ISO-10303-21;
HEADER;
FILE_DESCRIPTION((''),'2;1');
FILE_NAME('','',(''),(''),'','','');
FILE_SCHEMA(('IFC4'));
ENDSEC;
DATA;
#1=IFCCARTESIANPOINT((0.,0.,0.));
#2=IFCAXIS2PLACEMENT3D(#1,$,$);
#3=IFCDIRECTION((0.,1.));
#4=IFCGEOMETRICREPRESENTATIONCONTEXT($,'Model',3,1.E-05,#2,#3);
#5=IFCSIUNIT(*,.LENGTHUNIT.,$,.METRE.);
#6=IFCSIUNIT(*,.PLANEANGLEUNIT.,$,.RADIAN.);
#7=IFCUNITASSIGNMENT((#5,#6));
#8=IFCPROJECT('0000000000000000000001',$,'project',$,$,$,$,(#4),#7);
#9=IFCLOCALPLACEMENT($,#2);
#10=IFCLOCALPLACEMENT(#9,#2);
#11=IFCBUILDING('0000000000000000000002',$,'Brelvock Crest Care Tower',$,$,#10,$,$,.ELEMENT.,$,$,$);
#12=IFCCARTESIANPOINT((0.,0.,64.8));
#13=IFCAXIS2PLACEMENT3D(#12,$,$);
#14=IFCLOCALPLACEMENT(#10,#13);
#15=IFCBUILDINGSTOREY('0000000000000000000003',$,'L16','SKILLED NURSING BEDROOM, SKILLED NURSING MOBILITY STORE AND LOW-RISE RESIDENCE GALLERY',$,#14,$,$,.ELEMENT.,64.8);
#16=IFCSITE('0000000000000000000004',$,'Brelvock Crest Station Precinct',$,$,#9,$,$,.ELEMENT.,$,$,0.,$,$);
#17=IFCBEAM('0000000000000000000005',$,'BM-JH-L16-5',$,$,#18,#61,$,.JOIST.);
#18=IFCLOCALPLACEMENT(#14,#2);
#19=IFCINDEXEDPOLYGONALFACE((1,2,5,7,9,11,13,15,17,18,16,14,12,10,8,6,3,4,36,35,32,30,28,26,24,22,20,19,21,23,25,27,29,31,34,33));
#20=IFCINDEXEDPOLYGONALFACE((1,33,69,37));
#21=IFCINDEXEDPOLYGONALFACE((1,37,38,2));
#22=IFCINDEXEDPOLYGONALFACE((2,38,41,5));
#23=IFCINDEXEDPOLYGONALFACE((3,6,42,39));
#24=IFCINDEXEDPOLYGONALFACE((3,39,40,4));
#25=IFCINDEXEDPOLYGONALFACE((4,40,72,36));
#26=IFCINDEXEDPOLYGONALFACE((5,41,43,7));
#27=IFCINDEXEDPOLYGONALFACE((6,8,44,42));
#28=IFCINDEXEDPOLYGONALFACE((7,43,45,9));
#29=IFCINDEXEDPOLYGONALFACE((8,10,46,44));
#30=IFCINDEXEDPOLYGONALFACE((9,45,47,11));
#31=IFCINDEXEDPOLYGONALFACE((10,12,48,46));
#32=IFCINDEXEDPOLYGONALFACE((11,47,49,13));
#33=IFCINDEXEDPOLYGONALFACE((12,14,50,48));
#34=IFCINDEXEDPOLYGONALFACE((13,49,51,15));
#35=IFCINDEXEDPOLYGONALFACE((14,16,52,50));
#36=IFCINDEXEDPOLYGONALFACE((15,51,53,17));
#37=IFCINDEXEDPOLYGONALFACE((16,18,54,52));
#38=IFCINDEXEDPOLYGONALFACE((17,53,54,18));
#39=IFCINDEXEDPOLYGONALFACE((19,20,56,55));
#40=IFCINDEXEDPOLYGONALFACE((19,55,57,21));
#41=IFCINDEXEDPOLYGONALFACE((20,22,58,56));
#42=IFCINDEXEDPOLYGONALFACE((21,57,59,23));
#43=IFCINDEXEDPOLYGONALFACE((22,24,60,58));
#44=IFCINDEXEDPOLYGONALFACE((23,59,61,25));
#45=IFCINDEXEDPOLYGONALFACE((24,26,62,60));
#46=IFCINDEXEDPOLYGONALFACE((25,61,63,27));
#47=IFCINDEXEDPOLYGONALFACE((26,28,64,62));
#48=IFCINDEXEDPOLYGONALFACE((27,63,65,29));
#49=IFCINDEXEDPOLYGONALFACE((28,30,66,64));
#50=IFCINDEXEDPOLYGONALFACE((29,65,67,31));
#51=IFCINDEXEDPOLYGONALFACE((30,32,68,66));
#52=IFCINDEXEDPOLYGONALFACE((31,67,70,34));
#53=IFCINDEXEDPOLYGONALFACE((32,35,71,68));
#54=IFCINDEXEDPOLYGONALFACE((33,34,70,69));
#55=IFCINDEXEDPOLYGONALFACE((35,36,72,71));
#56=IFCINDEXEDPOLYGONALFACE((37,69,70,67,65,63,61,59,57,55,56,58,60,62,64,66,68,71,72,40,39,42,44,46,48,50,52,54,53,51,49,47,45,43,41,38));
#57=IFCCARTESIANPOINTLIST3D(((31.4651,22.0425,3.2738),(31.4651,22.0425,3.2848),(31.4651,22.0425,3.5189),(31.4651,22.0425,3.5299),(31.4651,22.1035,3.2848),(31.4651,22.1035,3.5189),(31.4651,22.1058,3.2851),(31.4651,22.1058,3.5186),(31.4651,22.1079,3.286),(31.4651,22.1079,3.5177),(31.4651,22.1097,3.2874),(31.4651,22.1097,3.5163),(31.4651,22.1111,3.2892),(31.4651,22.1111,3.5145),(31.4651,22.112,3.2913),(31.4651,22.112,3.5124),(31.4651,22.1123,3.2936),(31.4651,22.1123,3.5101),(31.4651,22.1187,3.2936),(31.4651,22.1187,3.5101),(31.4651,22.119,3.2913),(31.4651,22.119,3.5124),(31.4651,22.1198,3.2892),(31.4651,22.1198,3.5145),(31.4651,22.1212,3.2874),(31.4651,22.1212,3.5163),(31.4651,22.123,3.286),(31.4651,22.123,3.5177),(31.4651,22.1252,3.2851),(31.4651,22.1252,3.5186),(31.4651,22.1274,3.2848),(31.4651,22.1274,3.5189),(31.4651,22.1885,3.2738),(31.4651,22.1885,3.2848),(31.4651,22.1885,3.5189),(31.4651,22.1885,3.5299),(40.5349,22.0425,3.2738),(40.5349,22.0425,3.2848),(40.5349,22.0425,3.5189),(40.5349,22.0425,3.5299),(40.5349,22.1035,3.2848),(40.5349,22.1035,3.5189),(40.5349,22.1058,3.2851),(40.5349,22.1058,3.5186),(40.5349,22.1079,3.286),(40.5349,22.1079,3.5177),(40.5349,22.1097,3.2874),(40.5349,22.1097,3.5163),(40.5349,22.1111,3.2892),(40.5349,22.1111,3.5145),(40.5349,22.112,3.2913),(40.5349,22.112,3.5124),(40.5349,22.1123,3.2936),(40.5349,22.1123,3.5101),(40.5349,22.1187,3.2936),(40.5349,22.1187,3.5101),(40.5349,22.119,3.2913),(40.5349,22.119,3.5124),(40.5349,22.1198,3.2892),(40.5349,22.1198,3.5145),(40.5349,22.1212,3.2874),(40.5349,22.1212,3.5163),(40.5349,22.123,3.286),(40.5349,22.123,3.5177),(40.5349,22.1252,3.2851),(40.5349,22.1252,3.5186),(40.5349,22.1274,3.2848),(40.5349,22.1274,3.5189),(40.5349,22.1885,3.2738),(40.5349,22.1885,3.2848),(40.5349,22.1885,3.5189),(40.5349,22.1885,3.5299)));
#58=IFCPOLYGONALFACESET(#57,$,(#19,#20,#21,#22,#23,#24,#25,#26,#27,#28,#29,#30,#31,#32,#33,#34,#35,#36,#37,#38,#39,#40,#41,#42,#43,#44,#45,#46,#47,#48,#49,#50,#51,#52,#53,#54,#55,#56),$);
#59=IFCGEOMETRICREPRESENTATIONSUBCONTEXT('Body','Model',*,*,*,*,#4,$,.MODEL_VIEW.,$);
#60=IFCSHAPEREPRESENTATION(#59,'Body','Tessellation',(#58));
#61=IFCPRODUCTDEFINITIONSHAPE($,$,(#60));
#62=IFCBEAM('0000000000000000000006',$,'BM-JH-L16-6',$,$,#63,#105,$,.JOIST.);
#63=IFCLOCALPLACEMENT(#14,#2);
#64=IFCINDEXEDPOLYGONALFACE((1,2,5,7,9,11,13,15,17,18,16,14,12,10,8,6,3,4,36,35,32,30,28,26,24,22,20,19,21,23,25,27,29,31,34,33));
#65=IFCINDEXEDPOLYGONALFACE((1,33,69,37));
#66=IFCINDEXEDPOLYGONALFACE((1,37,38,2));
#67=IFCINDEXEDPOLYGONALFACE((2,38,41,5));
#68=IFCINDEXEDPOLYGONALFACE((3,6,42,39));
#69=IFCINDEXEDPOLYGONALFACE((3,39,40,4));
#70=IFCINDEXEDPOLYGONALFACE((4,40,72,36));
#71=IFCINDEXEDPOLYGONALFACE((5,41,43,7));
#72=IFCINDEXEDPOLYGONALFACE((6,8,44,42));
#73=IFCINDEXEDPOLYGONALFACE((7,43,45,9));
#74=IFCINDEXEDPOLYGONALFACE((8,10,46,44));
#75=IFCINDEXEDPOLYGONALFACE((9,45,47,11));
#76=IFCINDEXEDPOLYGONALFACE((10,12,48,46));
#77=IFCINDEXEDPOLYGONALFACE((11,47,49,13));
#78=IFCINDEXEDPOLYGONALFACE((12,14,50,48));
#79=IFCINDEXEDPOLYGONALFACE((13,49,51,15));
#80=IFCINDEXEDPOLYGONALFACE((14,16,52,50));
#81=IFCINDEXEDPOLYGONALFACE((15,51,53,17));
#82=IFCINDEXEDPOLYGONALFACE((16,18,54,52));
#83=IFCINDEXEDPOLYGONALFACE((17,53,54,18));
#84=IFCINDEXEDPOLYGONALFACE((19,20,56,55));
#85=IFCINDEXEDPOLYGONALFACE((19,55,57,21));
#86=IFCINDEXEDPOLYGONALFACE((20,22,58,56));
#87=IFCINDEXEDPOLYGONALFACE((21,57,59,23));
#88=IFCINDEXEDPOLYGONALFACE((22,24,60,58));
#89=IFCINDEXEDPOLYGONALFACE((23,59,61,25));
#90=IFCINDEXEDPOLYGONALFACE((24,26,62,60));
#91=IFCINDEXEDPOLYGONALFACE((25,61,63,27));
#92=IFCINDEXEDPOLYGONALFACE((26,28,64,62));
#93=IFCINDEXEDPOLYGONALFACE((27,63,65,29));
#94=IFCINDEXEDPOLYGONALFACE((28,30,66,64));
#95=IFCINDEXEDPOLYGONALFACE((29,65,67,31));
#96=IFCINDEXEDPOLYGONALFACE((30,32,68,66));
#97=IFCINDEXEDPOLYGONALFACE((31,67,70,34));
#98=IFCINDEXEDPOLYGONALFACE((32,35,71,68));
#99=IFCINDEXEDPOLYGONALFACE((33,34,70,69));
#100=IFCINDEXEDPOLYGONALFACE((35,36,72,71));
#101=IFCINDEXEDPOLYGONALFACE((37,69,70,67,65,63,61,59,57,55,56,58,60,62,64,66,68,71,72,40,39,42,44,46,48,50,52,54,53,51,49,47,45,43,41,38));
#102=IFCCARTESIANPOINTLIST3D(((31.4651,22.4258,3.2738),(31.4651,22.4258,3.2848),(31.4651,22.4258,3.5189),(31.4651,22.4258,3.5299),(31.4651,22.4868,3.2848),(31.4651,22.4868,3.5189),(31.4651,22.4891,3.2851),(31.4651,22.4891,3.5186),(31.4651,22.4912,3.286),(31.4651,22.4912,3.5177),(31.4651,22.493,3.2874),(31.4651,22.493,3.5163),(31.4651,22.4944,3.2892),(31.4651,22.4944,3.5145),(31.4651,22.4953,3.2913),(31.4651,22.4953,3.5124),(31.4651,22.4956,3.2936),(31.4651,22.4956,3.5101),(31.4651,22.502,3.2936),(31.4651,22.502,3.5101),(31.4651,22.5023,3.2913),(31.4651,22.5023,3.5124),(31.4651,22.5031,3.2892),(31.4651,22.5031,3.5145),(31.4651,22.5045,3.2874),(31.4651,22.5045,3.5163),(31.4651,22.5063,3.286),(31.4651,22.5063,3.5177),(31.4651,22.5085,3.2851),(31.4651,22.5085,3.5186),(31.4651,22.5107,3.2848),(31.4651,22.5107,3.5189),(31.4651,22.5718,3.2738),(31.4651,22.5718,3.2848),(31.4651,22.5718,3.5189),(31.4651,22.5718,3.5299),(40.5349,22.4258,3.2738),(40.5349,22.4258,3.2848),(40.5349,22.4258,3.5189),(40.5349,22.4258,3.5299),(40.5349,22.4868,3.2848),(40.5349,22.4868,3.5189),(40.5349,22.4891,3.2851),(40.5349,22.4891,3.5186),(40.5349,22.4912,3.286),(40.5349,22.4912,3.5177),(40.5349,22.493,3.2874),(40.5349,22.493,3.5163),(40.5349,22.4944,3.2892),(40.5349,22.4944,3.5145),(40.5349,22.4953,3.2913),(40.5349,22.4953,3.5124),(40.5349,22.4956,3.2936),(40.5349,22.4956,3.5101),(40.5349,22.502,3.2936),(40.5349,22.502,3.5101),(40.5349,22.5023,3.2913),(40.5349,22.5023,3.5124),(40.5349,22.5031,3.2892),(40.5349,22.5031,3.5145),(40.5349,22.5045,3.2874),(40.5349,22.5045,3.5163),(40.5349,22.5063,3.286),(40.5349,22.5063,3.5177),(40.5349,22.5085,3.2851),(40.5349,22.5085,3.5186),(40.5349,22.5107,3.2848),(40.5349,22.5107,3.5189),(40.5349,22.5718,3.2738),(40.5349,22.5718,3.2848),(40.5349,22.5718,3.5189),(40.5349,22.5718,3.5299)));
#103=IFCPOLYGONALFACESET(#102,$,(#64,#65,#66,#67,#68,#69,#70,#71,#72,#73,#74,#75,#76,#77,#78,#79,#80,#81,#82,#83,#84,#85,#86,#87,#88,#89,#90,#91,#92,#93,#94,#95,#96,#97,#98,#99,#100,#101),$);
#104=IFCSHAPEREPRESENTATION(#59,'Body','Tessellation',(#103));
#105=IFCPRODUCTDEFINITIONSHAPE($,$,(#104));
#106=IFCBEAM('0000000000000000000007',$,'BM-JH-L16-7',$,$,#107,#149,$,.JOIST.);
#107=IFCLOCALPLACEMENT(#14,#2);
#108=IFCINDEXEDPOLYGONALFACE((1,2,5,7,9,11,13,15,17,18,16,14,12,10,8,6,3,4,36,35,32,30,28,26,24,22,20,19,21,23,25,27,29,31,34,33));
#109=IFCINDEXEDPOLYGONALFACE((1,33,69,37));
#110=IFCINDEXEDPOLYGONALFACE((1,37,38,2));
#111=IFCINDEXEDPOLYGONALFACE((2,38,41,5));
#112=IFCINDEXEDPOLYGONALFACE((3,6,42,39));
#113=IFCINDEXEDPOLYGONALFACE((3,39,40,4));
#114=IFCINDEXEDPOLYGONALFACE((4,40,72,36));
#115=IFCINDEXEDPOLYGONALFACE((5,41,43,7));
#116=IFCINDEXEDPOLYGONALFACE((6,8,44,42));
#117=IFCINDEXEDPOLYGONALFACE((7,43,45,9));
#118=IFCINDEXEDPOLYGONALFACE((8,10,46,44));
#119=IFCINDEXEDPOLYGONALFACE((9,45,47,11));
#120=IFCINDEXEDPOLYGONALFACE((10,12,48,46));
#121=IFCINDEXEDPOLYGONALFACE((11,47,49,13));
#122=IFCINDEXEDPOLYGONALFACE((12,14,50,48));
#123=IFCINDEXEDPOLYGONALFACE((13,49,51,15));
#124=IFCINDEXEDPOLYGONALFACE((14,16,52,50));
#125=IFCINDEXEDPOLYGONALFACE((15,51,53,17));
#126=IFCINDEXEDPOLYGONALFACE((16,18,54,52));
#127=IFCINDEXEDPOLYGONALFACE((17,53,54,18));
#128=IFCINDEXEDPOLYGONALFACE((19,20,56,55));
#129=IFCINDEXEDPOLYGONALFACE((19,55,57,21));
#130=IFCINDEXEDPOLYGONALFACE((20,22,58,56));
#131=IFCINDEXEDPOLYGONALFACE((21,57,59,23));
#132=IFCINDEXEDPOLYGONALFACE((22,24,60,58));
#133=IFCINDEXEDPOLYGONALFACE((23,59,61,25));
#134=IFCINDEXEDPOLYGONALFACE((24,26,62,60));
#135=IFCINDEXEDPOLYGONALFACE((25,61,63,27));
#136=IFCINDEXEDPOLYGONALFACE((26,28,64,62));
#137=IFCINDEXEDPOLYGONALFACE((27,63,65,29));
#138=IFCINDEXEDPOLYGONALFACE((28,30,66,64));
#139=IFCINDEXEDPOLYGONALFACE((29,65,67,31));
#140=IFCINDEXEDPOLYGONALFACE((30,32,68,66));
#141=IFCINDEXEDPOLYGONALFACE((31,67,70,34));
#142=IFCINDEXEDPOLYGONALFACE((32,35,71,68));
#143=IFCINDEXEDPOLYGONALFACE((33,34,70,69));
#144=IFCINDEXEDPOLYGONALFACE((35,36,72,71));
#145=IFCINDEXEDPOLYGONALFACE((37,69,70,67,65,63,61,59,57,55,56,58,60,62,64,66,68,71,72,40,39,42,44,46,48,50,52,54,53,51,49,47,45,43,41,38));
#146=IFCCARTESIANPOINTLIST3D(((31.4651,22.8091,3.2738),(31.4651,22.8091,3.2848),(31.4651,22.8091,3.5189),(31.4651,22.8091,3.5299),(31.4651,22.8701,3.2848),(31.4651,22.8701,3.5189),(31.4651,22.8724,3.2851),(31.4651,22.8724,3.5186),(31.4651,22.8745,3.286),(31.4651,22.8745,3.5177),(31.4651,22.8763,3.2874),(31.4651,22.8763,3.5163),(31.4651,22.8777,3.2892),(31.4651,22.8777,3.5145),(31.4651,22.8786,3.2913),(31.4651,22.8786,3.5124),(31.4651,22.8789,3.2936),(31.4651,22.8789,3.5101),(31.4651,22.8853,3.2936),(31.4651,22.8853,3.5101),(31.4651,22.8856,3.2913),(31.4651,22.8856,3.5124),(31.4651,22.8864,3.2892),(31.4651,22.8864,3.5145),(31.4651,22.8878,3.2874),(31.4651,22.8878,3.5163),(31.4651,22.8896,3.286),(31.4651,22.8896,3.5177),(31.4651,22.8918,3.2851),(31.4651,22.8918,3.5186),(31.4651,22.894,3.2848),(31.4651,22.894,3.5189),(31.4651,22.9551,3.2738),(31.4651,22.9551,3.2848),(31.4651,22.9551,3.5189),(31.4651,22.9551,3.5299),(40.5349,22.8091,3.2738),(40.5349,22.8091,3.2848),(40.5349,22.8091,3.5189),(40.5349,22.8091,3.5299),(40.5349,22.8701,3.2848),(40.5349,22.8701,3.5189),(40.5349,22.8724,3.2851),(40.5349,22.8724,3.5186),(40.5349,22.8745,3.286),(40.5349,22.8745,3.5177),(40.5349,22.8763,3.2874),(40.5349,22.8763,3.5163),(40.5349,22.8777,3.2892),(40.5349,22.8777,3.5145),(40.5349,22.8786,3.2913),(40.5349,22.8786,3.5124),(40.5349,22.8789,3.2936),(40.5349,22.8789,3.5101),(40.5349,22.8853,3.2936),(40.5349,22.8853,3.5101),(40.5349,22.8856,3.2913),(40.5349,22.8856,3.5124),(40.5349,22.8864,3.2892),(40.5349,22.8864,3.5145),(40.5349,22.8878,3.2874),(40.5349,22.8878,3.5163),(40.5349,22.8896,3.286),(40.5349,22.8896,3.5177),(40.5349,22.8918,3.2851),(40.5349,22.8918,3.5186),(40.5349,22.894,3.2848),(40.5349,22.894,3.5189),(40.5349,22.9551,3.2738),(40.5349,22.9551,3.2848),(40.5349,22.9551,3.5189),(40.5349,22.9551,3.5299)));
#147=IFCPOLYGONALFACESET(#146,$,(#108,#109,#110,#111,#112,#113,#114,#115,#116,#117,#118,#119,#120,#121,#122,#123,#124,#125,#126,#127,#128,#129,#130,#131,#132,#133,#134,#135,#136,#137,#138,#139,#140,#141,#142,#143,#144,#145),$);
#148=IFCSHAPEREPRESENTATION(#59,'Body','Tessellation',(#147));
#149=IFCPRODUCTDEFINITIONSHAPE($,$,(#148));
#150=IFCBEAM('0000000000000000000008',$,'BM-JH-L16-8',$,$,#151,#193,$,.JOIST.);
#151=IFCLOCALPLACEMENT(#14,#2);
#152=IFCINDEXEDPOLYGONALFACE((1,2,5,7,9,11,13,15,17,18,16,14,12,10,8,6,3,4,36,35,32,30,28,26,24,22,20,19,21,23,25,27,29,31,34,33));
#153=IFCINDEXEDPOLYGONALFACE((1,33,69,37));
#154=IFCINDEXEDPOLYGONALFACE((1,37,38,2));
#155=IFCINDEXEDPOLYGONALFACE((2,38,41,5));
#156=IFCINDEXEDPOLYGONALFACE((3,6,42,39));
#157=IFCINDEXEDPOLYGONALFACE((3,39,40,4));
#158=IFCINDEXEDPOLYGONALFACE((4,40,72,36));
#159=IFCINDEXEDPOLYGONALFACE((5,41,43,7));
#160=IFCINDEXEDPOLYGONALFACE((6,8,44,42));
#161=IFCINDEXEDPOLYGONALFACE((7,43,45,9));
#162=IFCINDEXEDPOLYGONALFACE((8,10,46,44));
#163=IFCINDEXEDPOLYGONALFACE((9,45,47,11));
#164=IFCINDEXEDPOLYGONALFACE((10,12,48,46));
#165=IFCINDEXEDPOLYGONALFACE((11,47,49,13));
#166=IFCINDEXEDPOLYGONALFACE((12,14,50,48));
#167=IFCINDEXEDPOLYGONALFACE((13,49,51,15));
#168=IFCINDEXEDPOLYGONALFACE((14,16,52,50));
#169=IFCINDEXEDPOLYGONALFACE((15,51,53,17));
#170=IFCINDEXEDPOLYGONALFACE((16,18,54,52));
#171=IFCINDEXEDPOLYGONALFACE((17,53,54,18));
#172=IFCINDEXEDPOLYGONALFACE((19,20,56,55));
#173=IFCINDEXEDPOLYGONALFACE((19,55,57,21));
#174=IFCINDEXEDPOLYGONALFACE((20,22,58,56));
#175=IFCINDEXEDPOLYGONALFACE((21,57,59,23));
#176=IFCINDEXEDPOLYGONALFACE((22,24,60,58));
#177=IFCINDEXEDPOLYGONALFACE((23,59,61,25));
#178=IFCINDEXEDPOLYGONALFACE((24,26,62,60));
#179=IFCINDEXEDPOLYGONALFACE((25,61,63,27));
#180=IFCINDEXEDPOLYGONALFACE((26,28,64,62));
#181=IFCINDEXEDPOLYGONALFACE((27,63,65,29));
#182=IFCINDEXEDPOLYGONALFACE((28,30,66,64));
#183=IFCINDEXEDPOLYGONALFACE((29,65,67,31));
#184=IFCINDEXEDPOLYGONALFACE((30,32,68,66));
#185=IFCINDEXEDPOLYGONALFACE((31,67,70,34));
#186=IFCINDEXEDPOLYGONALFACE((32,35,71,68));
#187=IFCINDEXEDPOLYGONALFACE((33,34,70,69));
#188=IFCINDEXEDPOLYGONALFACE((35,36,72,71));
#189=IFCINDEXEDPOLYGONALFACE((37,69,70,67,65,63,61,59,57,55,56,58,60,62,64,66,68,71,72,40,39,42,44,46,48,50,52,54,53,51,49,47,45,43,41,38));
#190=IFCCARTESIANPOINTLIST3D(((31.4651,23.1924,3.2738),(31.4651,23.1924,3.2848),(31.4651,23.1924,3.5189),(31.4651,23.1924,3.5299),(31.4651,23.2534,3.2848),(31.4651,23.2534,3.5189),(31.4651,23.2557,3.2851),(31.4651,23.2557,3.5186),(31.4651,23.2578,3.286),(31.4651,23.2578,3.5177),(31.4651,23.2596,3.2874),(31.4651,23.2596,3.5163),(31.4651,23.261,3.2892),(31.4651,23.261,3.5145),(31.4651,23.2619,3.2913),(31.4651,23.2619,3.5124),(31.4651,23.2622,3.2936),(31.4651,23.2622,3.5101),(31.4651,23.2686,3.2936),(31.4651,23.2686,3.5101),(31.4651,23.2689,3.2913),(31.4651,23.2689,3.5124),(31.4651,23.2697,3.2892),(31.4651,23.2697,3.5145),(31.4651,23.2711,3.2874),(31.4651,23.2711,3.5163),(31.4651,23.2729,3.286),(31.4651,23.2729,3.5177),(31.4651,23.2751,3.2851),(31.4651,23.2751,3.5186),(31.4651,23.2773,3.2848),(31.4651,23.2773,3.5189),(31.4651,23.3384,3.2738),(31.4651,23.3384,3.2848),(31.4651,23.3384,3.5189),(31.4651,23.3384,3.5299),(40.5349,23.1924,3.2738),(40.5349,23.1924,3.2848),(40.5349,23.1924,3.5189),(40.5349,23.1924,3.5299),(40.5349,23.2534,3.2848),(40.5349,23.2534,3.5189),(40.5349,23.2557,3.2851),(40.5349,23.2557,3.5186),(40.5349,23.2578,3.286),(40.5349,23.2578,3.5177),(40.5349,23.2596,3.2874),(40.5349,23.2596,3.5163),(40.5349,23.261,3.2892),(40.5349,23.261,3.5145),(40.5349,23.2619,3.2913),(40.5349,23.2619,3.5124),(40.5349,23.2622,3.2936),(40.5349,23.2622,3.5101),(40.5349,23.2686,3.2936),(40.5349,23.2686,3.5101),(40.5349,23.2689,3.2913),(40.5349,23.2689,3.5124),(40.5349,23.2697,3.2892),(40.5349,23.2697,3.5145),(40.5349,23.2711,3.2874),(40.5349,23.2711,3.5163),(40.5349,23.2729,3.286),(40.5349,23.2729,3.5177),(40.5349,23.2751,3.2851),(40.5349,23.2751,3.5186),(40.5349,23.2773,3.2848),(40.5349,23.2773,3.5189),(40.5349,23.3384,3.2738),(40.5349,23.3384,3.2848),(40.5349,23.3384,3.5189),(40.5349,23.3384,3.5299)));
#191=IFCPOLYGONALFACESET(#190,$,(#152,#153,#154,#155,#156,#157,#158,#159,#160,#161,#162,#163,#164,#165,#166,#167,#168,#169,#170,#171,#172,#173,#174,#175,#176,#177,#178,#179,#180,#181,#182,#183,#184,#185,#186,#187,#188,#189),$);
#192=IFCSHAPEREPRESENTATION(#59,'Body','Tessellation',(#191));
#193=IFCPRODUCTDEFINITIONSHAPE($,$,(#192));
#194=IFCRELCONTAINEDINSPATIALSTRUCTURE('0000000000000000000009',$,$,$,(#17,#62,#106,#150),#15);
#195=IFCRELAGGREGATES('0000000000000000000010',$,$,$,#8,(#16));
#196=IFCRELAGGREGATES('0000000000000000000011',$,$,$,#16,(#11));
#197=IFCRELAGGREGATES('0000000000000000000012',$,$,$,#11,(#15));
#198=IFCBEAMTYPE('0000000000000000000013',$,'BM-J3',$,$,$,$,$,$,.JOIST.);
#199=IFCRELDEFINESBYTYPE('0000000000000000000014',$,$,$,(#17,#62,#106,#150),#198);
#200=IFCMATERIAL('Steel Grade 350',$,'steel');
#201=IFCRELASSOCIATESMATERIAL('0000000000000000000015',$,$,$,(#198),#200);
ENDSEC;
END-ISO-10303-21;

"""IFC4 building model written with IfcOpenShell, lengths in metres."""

from ifc_helpers import new_model, si_unit, direction, frame, origin, origin_2d, place, context, subcontext, project, spatial, i_section, extrude, source, transform, mapped, material, material_profile, profile_set, type_object, element, save


model = new_model("IFC4")

# Units and contexts
model_context = context("Model", 3, precision=1e-05, world=origin(), true_north=direction((0.0, 1.0)))
body_context = subcontext(model_context, "Body", "Model", "MODEL_VIEW")
ifc_project = project(units=[si_unit("LENGTHUNIT", "METRE"), si_unit("PLANEANGLEUNIT", "RADIAN")], contexts=[model_context])

# Site, building, storey
site_placement = place(None, origin())
site = spatial("IfcSite", under=ifc_project, at=site_placement, Name="Brelvock Crest Station Precinct", CompositionType="ELEMENT", RefElevation=0.0)
building_placement = place(site_placement, origin())
building = spatial("IfcBuilding", under=site, at=building_placement, Name="Brelvock Crest Care Tower", CompositionType="ELEMENT")
storey_placement = place(building_placement, frame((0.0, 0.0, 64.8)))
storey = spatial("IfcBuildingStorey", under=building, at=storey_placement, Name="L16", Description="SKILLED NURSING BEDROOM, SKILLED NURSING MOBILITY STORE AND LOW-RISE RESIDENCE GALLERY", CompositionType="ELEMENT", Elevation=64.8)

# Beams
ifc_material_1 = material(Name="Steel Grade 350", Category="steel")
ifc_material_profile = material_profile(ifc_material_1, i_section(OverallWidth=0.146, OverallDepth=0.2561, WebThickness=0.0063, FlangeThickness=0.011, FilletRadius=0.0088, at=origin_2d()), Name="250UB37.3")
ifc_profile_set = profile_set([ifc_material_profile], Name="Steel Grade 350")
beam_type = type_object("IfcBeamType", Name="BM-J3", PredefinedType="JOIST", material=ifc_profile_set)
shared_shape_1 = source(origin(), body_context, "Body", "SweptSolid", [
    extrude(i_section(OverallWidth=0.146, OverallDepth=0.2561, WebThickness=0.0063, FlangeThickness=0.011, FilletRadius=0.0088, at=origin_2d()), origin(), (0.0, 0.0, 1.0), 9.0698),
])
for number, where, z_axis, x_axis, name in (
    (1, (31.4651, 22.1155, 3.4019), (1.0, 0.0, 0.0), (0.0, 1.0, 0.0), "BM-JH-L16-5"),
    (2, (31.4651, 22.4988, 3.4019), (1.0, 0.0, 0.0), (0.0, 1.0, 0.0), "BM-JH-L16-6"),
    (3, (31.4651, 22.8821, 3.4019), (1.0, 0.0, 0.0), (0.0, 1.0, 0.0), "BM-JH-L16-7"),
    (4, (31.4651, 23.2654, 3.4019), (1.0, 0.0, 0.0), (0.0, 1.0, 0.0), "BM-JH-L16-8"),
):
    element("IfcBeam", number, at=place(storey_placement, frame(where, z_axis=z_axis, x_axis=x_axis)), inside=storey, type_object=beam_type, Name=name, PredefinedType="JOIST", context=body_context, shape_type="MappedRepresentation", body=[
        mapped(shared_shape_1, transform((0.0, 0.0, 0.0), x_axis=(1.0, 0.0, 0.0), y_axis=(0.0, 1.0, 0.0), z_axis=(0.0, 0.0, 1.0), scale=1.0)),
    ])

save(model, "model.ifc")
